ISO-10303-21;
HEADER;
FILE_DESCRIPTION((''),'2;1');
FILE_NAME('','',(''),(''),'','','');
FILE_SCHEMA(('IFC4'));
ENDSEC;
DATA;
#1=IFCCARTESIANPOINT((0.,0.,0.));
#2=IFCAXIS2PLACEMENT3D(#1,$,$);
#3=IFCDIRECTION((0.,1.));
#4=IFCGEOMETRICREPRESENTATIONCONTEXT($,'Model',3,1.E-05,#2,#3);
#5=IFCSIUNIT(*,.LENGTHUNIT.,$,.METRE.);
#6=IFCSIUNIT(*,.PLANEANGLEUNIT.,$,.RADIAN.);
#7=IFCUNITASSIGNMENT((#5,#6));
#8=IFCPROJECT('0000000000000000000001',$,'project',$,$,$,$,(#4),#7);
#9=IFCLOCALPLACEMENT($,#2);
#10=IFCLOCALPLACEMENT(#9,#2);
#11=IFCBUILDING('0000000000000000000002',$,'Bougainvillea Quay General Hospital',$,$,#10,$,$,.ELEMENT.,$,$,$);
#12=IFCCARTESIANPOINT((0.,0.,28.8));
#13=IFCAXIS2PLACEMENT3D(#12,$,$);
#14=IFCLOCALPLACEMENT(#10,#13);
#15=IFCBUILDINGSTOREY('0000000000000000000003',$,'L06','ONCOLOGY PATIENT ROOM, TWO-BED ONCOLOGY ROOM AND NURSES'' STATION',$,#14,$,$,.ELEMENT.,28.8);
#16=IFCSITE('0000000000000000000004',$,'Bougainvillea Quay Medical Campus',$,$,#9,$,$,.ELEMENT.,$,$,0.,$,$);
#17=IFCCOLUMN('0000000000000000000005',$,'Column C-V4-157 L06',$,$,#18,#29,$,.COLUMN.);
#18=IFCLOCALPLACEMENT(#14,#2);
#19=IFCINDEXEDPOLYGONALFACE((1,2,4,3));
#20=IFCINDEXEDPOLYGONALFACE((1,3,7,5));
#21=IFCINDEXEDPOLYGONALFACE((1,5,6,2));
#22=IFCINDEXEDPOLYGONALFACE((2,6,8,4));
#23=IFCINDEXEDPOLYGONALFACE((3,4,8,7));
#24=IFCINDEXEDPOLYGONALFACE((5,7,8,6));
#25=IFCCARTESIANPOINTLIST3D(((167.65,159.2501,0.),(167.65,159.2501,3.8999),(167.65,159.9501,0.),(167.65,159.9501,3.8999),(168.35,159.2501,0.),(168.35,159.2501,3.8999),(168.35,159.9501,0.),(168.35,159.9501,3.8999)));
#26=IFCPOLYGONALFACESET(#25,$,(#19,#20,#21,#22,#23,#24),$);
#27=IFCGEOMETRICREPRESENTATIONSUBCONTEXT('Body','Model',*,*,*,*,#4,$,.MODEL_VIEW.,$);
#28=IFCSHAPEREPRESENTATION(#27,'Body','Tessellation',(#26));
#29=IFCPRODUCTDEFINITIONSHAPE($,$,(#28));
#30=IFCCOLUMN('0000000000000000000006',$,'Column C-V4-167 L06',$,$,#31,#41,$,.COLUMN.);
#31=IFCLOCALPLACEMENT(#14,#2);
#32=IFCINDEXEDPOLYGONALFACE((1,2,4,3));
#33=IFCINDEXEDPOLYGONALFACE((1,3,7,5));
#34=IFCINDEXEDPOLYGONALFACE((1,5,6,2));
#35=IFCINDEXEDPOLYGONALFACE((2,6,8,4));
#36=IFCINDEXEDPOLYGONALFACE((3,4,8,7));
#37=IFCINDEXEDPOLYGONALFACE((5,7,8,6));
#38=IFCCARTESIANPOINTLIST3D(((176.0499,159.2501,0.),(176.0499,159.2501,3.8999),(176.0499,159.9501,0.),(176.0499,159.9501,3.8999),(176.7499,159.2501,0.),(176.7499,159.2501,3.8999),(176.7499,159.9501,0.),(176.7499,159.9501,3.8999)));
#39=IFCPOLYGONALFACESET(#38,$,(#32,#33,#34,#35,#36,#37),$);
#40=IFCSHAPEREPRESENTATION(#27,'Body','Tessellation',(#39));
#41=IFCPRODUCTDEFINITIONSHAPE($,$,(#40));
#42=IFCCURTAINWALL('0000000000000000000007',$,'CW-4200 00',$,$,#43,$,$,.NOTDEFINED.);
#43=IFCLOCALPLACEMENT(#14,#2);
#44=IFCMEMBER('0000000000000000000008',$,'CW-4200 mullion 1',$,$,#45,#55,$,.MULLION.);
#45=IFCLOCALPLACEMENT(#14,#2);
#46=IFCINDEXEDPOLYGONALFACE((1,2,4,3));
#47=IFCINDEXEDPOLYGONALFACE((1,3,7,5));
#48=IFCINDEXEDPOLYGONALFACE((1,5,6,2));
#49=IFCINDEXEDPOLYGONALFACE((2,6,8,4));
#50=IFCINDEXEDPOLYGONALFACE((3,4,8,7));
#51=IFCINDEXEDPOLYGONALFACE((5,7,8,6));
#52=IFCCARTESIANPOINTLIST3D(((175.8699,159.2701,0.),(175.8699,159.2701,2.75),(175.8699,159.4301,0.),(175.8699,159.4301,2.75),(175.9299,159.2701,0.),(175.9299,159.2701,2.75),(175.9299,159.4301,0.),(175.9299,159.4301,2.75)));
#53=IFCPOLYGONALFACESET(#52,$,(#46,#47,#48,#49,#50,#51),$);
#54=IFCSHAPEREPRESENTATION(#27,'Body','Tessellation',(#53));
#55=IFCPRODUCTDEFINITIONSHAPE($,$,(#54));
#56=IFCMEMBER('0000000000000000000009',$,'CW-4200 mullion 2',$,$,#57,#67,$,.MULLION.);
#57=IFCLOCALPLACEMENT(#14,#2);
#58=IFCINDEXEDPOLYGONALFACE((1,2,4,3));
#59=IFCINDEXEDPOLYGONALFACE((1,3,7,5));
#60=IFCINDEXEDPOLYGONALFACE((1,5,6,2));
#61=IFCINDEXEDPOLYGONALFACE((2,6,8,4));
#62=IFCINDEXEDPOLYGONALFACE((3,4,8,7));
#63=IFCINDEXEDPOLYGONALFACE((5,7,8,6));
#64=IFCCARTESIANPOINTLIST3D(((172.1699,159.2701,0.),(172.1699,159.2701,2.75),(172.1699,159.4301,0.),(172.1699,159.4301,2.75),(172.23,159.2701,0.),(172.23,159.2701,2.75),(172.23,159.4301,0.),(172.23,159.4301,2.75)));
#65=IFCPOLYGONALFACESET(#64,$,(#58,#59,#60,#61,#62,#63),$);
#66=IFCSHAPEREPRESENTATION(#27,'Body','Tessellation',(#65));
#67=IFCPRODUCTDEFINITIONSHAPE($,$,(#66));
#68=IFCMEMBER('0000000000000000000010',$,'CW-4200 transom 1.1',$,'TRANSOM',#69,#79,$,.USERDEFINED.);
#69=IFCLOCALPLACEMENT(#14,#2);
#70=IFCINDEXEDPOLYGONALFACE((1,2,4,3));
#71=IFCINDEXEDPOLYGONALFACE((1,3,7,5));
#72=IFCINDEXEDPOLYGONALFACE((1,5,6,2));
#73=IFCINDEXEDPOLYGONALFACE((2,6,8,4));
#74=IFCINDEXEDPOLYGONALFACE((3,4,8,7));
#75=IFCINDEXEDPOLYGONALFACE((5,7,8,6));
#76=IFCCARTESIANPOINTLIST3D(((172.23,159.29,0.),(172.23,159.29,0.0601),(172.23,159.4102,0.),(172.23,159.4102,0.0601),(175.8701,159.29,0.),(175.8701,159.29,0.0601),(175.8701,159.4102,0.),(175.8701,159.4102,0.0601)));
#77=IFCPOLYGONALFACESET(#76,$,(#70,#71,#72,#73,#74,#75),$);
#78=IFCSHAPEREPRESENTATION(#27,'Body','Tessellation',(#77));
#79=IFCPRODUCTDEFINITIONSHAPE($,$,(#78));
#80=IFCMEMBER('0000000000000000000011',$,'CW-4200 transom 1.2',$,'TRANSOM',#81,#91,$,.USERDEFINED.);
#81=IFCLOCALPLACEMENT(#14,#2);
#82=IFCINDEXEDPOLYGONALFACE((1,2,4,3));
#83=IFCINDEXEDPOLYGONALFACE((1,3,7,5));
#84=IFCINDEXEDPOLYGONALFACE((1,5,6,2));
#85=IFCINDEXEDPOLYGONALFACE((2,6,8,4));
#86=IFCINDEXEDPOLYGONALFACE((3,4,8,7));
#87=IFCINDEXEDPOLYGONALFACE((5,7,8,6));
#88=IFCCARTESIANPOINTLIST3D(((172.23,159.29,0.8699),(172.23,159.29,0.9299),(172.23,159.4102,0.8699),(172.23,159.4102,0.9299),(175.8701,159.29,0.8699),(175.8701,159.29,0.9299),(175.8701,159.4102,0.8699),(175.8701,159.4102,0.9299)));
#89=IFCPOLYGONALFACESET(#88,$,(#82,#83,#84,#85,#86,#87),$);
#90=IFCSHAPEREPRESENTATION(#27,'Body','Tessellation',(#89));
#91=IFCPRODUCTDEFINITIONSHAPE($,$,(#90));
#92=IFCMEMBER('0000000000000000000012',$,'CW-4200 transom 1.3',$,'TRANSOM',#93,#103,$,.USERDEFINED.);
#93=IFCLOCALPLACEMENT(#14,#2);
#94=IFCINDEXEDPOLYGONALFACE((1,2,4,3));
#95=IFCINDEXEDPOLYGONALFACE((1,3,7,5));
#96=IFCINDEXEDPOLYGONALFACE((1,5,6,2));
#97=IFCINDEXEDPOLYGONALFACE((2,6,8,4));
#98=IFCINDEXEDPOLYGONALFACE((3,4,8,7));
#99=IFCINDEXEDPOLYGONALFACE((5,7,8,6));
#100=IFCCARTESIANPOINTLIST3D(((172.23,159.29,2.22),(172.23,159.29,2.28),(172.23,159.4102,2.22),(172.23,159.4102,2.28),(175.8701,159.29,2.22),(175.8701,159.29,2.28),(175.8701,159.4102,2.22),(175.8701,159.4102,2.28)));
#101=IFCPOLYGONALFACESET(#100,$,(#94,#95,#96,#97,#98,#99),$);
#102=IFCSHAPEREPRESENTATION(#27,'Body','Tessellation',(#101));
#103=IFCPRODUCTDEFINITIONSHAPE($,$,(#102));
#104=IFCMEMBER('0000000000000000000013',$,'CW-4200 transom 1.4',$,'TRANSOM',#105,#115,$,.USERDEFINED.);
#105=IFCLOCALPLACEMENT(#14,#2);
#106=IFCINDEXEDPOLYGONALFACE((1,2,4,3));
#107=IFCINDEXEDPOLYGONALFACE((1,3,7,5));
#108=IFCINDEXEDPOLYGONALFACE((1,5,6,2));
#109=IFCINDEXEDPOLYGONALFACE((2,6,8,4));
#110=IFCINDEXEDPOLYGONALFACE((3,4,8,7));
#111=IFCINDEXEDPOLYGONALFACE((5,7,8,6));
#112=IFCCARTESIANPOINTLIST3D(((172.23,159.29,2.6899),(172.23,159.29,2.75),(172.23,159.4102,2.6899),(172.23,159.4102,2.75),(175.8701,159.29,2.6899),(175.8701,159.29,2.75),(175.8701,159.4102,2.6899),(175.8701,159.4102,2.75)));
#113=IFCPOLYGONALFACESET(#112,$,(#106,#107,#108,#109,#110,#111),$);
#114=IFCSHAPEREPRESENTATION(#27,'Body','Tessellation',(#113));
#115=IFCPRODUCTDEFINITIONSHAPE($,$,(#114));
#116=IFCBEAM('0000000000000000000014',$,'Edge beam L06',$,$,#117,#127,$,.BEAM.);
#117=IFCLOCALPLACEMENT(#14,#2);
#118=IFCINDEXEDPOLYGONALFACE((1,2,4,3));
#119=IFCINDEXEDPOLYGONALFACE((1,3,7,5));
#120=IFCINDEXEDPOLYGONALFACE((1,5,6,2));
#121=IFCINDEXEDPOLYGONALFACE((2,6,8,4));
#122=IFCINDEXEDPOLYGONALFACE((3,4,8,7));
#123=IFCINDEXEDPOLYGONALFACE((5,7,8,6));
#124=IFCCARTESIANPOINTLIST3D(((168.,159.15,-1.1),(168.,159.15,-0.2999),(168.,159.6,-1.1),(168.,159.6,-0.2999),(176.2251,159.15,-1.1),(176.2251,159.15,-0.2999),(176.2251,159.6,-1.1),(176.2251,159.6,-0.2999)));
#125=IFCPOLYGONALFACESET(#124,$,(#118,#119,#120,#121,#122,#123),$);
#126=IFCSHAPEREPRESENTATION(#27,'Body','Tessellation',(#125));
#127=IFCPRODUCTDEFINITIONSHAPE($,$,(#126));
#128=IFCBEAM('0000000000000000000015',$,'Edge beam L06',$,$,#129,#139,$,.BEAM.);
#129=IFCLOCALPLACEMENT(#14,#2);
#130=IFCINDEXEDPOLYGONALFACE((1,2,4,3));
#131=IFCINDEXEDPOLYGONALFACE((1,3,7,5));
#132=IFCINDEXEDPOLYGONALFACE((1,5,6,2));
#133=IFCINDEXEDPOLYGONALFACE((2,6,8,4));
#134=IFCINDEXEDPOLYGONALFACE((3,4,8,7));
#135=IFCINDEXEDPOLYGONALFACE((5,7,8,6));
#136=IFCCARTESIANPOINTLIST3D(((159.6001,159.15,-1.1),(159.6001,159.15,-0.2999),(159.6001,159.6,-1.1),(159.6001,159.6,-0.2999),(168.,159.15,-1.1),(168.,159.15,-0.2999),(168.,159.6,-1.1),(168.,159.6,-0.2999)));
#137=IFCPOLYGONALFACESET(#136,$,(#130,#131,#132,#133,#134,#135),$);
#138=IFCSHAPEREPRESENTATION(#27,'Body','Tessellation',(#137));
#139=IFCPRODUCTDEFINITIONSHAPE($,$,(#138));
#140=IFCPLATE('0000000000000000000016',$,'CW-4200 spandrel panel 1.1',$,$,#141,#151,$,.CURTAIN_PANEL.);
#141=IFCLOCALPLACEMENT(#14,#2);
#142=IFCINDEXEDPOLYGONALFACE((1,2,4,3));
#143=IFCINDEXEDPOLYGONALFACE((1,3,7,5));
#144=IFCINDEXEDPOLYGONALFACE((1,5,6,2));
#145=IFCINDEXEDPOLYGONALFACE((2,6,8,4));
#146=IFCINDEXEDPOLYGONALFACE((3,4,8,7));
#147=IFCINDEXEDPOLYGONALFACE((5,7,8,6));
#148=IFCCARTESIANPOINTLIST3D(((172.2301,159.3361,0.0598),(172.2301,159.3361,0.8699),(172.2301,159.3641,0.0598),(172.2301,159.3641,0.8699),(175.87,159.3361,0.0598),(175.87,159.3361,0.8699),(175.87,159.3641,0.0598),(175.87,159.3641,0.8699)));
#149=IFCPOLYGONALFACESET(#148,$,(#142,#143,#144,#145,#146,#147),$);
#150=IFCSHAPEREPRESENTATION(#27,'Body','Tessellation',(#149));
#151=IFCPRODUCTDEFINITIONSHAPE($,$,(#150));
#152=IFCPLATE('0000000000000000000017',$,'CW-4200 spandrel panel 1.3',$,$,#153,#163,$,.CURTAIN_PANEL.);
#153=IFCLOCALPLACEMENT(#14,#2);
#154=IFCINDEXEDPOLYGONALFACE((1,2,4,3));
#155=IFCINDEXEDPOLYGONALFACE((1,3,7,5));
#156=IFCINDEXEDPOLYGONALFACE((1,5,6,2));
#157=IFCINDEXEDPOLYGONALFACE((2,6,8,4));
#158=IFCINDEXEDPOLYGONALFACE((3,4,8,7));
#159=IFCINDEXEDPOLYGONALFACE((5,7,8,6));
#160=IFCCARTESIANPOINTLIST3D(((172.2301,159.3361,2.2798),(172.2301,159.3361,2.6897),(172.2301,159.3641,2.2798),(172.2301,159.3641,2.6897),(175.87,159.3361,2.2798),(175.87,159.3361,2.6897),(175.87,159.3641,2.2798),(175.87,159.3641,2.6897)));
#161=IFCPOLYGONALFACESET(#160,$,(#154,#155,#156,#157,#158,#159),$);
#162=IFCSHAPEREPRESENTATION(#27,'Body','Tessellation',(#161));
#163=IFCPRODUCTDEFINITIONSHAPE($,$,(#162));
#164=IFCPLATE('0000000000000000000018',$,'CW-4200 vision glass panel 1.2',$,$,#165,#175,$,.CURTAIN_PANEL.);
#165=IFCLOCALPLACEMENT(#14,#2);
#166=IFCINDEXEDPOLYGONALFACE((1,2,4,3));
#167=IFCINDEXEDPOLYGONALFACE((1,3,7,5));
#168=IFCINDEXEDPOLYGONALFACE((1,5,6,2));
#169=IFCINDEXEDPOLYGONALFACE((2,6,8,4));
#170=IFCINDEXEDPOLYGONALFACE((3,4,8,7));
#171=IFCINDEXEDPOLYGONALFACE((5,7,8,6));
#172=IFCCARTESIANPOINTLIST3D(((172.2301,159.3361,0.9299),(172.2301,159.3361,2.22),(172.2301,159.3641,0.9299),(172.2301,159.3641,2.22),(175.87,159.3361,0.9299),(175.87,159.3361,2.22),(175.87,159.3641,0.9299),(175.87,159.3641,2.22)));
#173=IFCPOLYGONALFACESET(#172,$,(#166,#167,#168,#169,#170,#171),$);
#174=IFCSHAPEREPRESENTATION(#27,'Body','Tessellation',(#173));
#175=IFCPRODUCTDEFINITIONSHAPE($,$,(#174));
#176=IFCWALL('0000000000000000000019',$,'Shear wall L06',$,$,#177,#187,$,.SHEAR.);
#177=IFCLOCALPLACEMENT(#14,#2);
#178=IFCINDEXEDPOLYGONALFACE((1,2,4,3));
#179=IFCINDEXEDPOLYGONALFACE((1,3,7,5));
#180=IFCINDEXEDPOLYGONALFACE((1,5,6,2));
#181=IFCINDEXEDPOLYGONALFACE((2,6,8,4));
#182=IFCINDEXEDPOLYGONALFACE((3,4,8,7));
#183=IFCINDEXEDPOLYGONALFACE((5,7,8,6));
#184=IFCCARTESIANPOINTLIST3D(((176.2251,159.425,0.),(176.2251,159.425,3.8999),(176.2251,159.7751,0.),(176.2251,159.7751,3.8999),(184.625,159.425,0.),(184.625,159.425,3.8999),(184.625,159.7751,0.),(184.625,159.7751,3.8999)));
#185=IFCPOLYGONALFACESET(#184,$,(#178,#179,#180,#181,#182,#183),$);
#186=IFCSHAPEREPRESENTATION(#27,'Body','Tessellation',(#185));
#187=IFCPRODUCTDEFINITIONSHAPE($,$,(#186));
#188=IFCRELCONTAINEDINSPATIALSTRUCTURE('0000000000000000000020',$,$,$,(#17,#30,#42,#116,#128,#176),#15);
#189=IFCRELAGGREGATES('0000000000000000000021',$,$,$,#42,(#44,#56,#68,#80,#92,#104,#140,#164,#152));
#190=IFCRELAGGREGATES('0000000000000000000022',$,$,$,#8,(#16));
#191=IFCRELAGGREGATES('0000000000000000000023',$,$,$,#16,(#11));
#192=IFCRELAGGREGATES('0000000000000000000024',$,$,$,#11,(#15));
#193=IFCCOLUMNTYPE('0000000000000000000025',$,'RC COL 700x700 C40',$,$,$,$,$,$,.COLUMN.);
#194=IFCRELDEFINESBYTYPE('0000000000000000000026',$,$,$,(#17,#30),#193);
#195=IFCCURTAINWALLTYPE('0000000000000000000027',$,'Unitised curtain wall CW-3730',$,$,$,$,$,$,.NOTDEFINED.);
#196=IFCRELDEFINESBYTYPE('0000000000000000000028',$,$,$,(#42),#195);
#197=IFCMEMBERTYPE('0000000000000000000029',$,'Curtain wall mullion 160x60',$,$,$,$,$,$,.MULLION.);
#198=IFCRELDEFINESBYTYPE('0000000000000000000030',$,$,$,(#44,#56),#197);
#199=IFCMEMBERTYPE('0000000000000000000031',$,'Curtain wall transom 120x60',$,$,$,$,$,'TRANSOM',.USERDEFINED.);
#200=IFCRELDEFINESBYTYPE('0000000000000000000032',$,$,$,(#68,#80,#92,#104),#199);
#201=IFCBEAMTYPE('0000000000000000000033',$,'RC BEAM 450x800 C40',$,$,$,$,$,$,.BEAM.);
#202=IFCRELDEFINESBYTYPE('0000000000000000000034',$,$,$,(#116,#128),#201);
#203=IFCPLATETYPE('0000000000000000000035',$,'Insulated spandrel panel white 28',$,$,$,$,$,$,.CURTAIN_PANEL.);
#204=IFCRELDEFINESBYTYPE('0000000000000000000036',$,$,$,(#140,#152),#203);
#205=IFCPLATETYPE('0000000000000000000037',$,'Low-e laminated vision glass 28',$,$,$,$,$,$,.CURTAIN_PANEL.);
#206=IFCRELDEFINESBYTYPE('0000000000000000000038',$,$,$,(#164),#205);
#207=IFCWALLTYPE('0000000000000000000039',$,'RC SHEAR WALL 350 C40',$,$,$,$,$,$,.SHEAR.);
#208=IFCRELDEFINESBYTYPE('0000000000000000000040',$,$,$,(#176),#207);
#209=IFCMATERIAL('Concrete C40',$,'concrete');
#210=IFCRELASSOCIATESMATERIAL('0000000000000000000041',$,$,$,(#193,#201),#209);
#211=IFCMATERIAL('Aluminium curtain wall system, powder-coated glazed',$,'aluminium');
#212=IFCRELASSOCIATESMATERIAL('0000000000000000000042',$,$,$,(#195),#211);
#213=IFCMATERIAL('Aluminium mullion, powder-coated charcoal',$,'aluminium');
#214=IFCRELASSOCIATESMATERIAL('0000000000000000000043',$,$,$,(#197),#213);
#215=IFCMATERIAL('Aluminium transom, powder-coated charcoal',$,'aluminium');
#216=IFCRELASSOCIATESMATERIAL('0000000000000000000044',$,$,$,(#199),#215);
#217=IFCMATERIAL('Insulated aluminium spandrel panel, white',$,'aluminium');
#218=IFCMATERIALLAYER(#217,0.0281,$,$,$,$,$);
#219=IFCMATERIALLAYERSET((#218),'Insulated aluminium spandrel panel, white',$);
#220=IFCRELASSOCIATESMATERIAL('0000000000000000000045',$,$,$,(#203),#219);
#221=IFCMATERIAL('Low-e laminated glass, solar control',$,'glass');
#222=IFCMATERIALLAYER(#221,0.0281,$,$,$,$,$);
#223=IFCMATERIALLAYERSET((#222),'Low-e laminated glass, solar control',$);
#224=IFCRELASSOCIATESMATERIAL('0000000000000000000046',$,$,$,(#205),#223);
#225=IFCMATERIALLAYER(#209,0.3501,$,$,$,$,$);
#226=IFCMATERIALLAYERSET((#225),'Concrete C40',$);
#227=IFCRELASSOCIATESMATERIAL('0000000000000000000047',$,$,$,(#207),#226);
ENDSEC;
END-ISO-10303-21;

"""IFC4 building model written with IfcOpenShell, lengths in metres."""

from ifc_helpers import new_model, si_unit, direction, frame, frame_2d, origin, origin_2d, place, context, subcontext, project, spatial, rectangle, extrude, material, layer, layer_set, material_profile, profile_set, type_object, element, aggregate, save


model = new_model("IFC4")

# Units and contexts
model_context = context("Model", 3, precision=1e-05, world=origin(), true_north=direction((0.0, 1.0)))
body_context = subcontext(model_context, "Body", "Model", "MODEL_VIEW")
ifc_project = project(units=[si_unit("LENGTHUNIT", "METRE"), si_unit("PLANEANGLEUNIT", "RADIAN")], contexts=[model_context])

# Site, building, storey
site_placement = place(None, origin())
site = spatial("IfcSite", under=ifc_project, at=site_placement, Name="Bougainvillea Quay Medical Campus", CompositionType="ELEMENT", RefElevation=0.0)
building_placement = place(site_placement, origin())
building = spatial("IfcBuilding", under=site, at=building_placement, Name="Bougainvillea Quay General Hospital", CompositionType="ELEMENT")
storey_placement = place(building_placement, frame((0.0, 0.0, 28.8)))
storey = spatial("IfcBuildingStorey", under=building, at=storey_placement, Name="L06", Description="ONCOLOGY PATIENT ROOM, TWO-BED ONCOLOGY ROOM AND NURSES' STATION", CompositionType="ELEMENT", Elevation=28.8)

# Columns
ifc_material_1 = material(Name="Concrete C40", Category="concrete")
ifc_material_profile_1 = material_profile(ifc_material_1, rectangle(XDim=0.7, YDim=0.7, at=origin_2d()))
ifc_profile_set_1 = profile_set([ifc_material_profile_1], Name="Concrete C40")
column_type = type_object("IfcColumnType", Name="RC COL 700x700 C40", PredefinedType="COLUMN", material=ifc_profile_set_1)
for number, where, z_axis, x_axis, name in (
    (1, (168.0, 159.6001, 0.0), (0.0, 0.0, 1.0), (1.0, 0.0, 0.0), "Column C-V4-157 L06"),
    (2, (176.3999, 159.6001, 0.0), (0.0, 0.0, 1.0), (1.0, 0.0, 0.0), "Column C-V4-167 L06"),
):
    element("IfcColumn", number, at=place(storey_placement, frame(where, z_axis=z_axis, x_axis=x_axis)), inside=storey, type_object=column_type, Name=name, PredefinedType="COLUMN", context=body_context, shape_type="SweptSolid", body=[
        extrude(rectangle(XDim=0.7, YDim=0.7, at=origin_2d()), origin(), (0.0, 0.0, 1.0), 3.8999),
    ])

# Curtain wall, members
ifc_material_2 = material(Name="Aluminium curtain wall system, powder-coated glazed", Category="aluminium")
curtain_wall_type = type_object("IfcCurtainWallType", Name="Unitised curtain wall CW-3730", PredefinedType="NOTDEFINED", material=ifc_material_2)
curtain_wall_placement = place(storey_placement, origin())
curtain_wall = element("IfcCurtainWall", 3, at=curtain_wall_placement, inside=storey, type_object=curtain_wall_type, Name="CW-4200 00", PredefinedType="NOTDEFINED")
ifc_material_3 = material(Name="Aluminium mullion, powder-coated charcoal", Category="aluminium")
ifc_material_profile_2 = material_profile(ifc_material_3, rectangle(XDim=0.1599, YDim=0.0601, at=origin_2d()))
ifc_profile_set_2 = profile_set([ifc_material_profile_2], Name="Aluminium mullion, powder-coated charcoal")
member_type_1 = type_object("IfcMemberType", Name="Curtain wall mullion 160x60", PredefinedType="MULLION", material=ifc_profile_set_2)
member_1_placement = place(storey_placement, frame((175.8999, 159.3501, 0.0), z_axis=(0.0, 0.0, 1.0), x_axis=(0.0, -1.0, 0.0)))
member_1 = element("IfcMember", 4, at=member_1_placement, type_object=member_type_1, Name="CW-4200 mullion 1", PredefinedType="MULLION", context=body_context, shape_type="SweptSolid", body=[
    extrude(rectangle(XDim=0.1599, YDim=0.0601, at=origin_2d()), origin(), (0.0, 0.0, 1.0), 2.75),
])
member_2_placement = place(storey_placement, frame((172.2, 159.3501, 0.0), z_axis=(0.0, 0.0, 1.0), x_axis=(0.0, -1.0, 0.0)))
member_2 = element("IfcMember", 5, at=member_2_placement, type_object=member_type_1, Name="CW-4200 mullion 2", PredefinedType="MULLION", context=body_context, shape_type="SweptSolid", body=[
    extrude(rectangle(XDim=0.1599, YDim=0.0601, at=origin_2d()), origin(), (0.0, 0.0, 1.0), 2.75),
])
ifc_material_4 = material(Name="Aluminium transom, powder-coated charcoal", Category="aluminium")
ifc_material_profile_3 = material_profile(ifc_material_4, rectangle(XDim=0.1201, YDim=0.0601, at=origin_2d()))
ifc_profile_set_3 = profile_set([ifc_material_profile_3], Name="Aluminium transom, powder-coated charcoal")
member_type_2 = type_object("IfcMemberType", Name="Curtain wall transom 120x60", ElementType="TRANSOM", PredefinedType="USERDEFINED", material=ifc_profile_set_3)
member_3_placement = place(storey_placement, frame((175.8701, 159.3501, 0.03), z_axis=(-1.0, 0.0, 0.0), x_axis=(0.0, -1.0, 0.0)))
member_3 = element("IfcMember", 6, at=member_3_placement, type_object=member_type_2, Name="CW-4200 transom 1.1", ObjectType="TRANSOM", PredefinedType="USERDEFINED", context=body_context, shape_type="SweptSolid", body=[
    extrude(rectangle(XDim=0.1201, YDim=0.0601, at=origin_2d()), origin(), (0.0, 0.0, 1.0), 3.6401),
])
member_4_placement = place(storey_placement, frame((175.8701, 159.3501, 0.8999), z_axis=(-1.0, 0.0, 0.0), x_axis=(0.0, -1.0, 0.0)))
member_4 = element("IfcMember", 7, at=member_4_placement, type_object=member_type_2, Name="CW-4200 transom 1.2", ObjectType="TRANSOM", PredefinedType="USERDEFINED", context=body_context, shape_type="SweptSolid", body=[
    extrude(rectangle(XDim=0.1201, YDim=0.0601, at=origin_2d()), origin(), (0.0, 0.0, 1.0), 3.6401),
])
member_5_placement = place(storey_placement, frame((175.8701, 159.3501, 2.25), z_axis=(-1.0, 0.0, 0.0), x_axis=(0.0, -1.0, 0.0)))
member_5 = element("IfcMember", 8, at=member_5_placement, type_object=member_type_2, Name="CW-4200 transom 1.3", ObjectType="TRANSOM", PredefinedType="USERDEFINED", context=body_context, shape_type="SweptSolid", body=[
    extrude(rectangle(XDim=0.1201, YDim=0.0601, at=origin_2d()), origin(), (0.0, 0.0, 1.0), 3.6401),
])
member_6_placement = place(storey_placement, frame((175.8701, 159.3501, 2.72), z_axis=(-1.0, 0.0, 0.0), x_axis=(0.0, -1.0, 0.0)))
member_6 = element("IfcMember", 9, at=member_6_placement, type_object=member_type_2, Name="CW-4200 transom 1.4", ObjectType="TRANSOM", PredefinedType="USERDEFINED", context=body_context, shape_type="SweptSolid", body=[
    extrude(rectangle(XDim=0.1201, YDim=0.0601, at=origin_2d()), origin(), (0.0, 0.0, 1.0), 3.6401),
])

# Beams
ifc_material_profile_4 = material_profile(ifc_material_1, rectangle(XDim=0.45, YDim=0.8, at=origin_2d()))
ifc_profile_set_4 = profile_set([ifc_material_profile_4], Name="Concrete C40")
beam_type = type_object("IfcBeamType", Name="RC BEAM 450x800 C40", PredefinedType="BEAM", material=ifc_profile_set_4)
beam_1_placement = place(storey_placement, frame((176.2251, 159.375, -0.7), z_axis=(-1.0, 0.0, 0.0), x_axis=(0.0, -1.0, 0.0)))
element("IfcBeam", 10, at=beam_1_placement, inside=storey, type_object=beam_type, Name="Edge beam L06", PredefinedType="BEAM", context=body_context, shape_type="SweptSolid", body=[
    extrude(rectangle(XDim=0.45, YDim=0.8, at=origin_2d()), origin(), (0.0, 0.0, 1.0), 8.2251),
])
beam_2_placement = place(storey_placement, frame((168.0, 159.375, -0.7), z_axis=(-1.0, 0.0, 0.0), x_axis=(0.0, -1.0, 0.0)))
element("IfcBeam", 11, at=beam_2_placement, inside=storey, type_object=beam_type, Name="Edge beam L06", PredefinedType="BEAM", context=body_context, shape_type="SweptSolid", body=[
    extrude(rectangle(XDim=0.45, YDim=0.8, at=origin_2d()), origin(), (0.0, 0.0, 1.0), 8.3999),
])

# Plates
ifc_material_5 = material(Name="Insulated aluminium spandrel panel, white", Category="aluminium")
ifc_layer_1 = layer(ifc_material_5, 0.0281)
ifc_layer_set_1 = layer_set([ifc_layer_1], Name="Insulated aluminium spandrel panel, white")
plate_type_1 = type_object("IfcPlateType", Name="Insulated spandrel panel white 28", PredefinedType="CURTAIN_PANEL", material=ifc_layer_set_1)
plate_1_placement = place(storey_placement, frame((174.05, 159.3501, 0.0598), z_axis=(0.0, 0.0, 1.0), x_axis=(-1.0, 0.0, 0.0)))
plate_1 = element("IfcPlate", 12, at=plate_1_placement, type_object=plate_type_1, Name="CW-4200 spandrel panel 1.1", PredefinedType="CURTAIN_PANEL", context=body_context, shape_type="SweptSolid", body=[
    extrude(rectangle(XDim=3.6399, YDim=0.0281, at=origin_2d()), origin(), (0.0, 0.0, 1.0), 0.8101),
])
plate_2_placement = place(storey_placement, frame((174.05, 159.3501, 2.2798), z_axis=(0.0, 0.0, 1.0), x_axis=(-1.0, 0.0, 0.0)))
plate_2 = element("IfcPlate", 13, at=plate_2_placement, type_object=plate_type_1, Name="CW-4200 spandrel panel 1.3", PredefinedType="CURTAIN_PANEL", context=body_context, shape_type="SweptSolid", body=[
    extrude(rectangle(XDim=3.6399, YDim=0.0281, at=origin_2d()), origin(), (0.0, 0.0, 1.0), 0.4099),
])
ifc_material_6 = material(Name="Low-e laminated glass, solar control", Category="glass")
ifc_layer_2 = layer(ifc_material_6, 0.0281)
ifc_layer_set_2 = layer_set([ifc_layer_2], Name="Low-e laminated glass, solar control")
plate_type_2 = type_object("IfcPlateType", Name="Low-e laminated vision glass 28", PredefinedType="CURTAIN_PANEL", material=ifc_layer_set_2)
plate_3_placement = place(storey_placement, frame((174.05, 159.3501, 0.9299), z_axis=(0.0, 0.0, 1.0), x_axis=(-1.0, 0.0, 0.0)))
plate_3 = element("IfcPlate", 14, at=plate_3_placement, type_object=plate_type_2, Name="CW-4200 vision glass panel 1.2", PredefinedType="CURTAIN_PANEL", context=body_context, shape_type="SweptSolid", body=[
    extrude(rectangle(XDim=3.6399, YDim=0.0281, at=origin_2d()), origin(), (0.0, 0.0, 1.0), 1.29),
])
aggregate(curtain_wall, [member_1, member_2, member_3, member_4, member_5, member_6, plate_1, plate_3, plate_2])

# Wall
ifc_layer_3 = layer(ifc_material_1, 0.3501)
ifc_layer_set_3 = layer_set([ifc_layer_3], Name="Concrete C40")
wall_type = type_object("IfcWallType", Name="RC SHEAR WALL 350 C40", PredefinedType="SHEAR", material=ifc_layer_set_3)
wall_placement = place(storey_placement, frame((176.2251, 159.6001, 0.0), z_axis=(0.0, 0.0, 1.0), x_axis=(1.0, 0.0, 0.0)))
element("IfcWall", 15, at=wall_placement, inside=storey, type_object=wall_type, Name="Shear wall L06", PredefinedType="SHEAR", context=body_context, shape_type="SweptSolid", body=[
    extrude(rectangle(XDim=8.3999, YDim=0.3501, at=frame_2d((4.2, 0.0))), origin(), (0.0, 0.0, 1.0), 3.8999),
])

save(model, "model.ifc")
